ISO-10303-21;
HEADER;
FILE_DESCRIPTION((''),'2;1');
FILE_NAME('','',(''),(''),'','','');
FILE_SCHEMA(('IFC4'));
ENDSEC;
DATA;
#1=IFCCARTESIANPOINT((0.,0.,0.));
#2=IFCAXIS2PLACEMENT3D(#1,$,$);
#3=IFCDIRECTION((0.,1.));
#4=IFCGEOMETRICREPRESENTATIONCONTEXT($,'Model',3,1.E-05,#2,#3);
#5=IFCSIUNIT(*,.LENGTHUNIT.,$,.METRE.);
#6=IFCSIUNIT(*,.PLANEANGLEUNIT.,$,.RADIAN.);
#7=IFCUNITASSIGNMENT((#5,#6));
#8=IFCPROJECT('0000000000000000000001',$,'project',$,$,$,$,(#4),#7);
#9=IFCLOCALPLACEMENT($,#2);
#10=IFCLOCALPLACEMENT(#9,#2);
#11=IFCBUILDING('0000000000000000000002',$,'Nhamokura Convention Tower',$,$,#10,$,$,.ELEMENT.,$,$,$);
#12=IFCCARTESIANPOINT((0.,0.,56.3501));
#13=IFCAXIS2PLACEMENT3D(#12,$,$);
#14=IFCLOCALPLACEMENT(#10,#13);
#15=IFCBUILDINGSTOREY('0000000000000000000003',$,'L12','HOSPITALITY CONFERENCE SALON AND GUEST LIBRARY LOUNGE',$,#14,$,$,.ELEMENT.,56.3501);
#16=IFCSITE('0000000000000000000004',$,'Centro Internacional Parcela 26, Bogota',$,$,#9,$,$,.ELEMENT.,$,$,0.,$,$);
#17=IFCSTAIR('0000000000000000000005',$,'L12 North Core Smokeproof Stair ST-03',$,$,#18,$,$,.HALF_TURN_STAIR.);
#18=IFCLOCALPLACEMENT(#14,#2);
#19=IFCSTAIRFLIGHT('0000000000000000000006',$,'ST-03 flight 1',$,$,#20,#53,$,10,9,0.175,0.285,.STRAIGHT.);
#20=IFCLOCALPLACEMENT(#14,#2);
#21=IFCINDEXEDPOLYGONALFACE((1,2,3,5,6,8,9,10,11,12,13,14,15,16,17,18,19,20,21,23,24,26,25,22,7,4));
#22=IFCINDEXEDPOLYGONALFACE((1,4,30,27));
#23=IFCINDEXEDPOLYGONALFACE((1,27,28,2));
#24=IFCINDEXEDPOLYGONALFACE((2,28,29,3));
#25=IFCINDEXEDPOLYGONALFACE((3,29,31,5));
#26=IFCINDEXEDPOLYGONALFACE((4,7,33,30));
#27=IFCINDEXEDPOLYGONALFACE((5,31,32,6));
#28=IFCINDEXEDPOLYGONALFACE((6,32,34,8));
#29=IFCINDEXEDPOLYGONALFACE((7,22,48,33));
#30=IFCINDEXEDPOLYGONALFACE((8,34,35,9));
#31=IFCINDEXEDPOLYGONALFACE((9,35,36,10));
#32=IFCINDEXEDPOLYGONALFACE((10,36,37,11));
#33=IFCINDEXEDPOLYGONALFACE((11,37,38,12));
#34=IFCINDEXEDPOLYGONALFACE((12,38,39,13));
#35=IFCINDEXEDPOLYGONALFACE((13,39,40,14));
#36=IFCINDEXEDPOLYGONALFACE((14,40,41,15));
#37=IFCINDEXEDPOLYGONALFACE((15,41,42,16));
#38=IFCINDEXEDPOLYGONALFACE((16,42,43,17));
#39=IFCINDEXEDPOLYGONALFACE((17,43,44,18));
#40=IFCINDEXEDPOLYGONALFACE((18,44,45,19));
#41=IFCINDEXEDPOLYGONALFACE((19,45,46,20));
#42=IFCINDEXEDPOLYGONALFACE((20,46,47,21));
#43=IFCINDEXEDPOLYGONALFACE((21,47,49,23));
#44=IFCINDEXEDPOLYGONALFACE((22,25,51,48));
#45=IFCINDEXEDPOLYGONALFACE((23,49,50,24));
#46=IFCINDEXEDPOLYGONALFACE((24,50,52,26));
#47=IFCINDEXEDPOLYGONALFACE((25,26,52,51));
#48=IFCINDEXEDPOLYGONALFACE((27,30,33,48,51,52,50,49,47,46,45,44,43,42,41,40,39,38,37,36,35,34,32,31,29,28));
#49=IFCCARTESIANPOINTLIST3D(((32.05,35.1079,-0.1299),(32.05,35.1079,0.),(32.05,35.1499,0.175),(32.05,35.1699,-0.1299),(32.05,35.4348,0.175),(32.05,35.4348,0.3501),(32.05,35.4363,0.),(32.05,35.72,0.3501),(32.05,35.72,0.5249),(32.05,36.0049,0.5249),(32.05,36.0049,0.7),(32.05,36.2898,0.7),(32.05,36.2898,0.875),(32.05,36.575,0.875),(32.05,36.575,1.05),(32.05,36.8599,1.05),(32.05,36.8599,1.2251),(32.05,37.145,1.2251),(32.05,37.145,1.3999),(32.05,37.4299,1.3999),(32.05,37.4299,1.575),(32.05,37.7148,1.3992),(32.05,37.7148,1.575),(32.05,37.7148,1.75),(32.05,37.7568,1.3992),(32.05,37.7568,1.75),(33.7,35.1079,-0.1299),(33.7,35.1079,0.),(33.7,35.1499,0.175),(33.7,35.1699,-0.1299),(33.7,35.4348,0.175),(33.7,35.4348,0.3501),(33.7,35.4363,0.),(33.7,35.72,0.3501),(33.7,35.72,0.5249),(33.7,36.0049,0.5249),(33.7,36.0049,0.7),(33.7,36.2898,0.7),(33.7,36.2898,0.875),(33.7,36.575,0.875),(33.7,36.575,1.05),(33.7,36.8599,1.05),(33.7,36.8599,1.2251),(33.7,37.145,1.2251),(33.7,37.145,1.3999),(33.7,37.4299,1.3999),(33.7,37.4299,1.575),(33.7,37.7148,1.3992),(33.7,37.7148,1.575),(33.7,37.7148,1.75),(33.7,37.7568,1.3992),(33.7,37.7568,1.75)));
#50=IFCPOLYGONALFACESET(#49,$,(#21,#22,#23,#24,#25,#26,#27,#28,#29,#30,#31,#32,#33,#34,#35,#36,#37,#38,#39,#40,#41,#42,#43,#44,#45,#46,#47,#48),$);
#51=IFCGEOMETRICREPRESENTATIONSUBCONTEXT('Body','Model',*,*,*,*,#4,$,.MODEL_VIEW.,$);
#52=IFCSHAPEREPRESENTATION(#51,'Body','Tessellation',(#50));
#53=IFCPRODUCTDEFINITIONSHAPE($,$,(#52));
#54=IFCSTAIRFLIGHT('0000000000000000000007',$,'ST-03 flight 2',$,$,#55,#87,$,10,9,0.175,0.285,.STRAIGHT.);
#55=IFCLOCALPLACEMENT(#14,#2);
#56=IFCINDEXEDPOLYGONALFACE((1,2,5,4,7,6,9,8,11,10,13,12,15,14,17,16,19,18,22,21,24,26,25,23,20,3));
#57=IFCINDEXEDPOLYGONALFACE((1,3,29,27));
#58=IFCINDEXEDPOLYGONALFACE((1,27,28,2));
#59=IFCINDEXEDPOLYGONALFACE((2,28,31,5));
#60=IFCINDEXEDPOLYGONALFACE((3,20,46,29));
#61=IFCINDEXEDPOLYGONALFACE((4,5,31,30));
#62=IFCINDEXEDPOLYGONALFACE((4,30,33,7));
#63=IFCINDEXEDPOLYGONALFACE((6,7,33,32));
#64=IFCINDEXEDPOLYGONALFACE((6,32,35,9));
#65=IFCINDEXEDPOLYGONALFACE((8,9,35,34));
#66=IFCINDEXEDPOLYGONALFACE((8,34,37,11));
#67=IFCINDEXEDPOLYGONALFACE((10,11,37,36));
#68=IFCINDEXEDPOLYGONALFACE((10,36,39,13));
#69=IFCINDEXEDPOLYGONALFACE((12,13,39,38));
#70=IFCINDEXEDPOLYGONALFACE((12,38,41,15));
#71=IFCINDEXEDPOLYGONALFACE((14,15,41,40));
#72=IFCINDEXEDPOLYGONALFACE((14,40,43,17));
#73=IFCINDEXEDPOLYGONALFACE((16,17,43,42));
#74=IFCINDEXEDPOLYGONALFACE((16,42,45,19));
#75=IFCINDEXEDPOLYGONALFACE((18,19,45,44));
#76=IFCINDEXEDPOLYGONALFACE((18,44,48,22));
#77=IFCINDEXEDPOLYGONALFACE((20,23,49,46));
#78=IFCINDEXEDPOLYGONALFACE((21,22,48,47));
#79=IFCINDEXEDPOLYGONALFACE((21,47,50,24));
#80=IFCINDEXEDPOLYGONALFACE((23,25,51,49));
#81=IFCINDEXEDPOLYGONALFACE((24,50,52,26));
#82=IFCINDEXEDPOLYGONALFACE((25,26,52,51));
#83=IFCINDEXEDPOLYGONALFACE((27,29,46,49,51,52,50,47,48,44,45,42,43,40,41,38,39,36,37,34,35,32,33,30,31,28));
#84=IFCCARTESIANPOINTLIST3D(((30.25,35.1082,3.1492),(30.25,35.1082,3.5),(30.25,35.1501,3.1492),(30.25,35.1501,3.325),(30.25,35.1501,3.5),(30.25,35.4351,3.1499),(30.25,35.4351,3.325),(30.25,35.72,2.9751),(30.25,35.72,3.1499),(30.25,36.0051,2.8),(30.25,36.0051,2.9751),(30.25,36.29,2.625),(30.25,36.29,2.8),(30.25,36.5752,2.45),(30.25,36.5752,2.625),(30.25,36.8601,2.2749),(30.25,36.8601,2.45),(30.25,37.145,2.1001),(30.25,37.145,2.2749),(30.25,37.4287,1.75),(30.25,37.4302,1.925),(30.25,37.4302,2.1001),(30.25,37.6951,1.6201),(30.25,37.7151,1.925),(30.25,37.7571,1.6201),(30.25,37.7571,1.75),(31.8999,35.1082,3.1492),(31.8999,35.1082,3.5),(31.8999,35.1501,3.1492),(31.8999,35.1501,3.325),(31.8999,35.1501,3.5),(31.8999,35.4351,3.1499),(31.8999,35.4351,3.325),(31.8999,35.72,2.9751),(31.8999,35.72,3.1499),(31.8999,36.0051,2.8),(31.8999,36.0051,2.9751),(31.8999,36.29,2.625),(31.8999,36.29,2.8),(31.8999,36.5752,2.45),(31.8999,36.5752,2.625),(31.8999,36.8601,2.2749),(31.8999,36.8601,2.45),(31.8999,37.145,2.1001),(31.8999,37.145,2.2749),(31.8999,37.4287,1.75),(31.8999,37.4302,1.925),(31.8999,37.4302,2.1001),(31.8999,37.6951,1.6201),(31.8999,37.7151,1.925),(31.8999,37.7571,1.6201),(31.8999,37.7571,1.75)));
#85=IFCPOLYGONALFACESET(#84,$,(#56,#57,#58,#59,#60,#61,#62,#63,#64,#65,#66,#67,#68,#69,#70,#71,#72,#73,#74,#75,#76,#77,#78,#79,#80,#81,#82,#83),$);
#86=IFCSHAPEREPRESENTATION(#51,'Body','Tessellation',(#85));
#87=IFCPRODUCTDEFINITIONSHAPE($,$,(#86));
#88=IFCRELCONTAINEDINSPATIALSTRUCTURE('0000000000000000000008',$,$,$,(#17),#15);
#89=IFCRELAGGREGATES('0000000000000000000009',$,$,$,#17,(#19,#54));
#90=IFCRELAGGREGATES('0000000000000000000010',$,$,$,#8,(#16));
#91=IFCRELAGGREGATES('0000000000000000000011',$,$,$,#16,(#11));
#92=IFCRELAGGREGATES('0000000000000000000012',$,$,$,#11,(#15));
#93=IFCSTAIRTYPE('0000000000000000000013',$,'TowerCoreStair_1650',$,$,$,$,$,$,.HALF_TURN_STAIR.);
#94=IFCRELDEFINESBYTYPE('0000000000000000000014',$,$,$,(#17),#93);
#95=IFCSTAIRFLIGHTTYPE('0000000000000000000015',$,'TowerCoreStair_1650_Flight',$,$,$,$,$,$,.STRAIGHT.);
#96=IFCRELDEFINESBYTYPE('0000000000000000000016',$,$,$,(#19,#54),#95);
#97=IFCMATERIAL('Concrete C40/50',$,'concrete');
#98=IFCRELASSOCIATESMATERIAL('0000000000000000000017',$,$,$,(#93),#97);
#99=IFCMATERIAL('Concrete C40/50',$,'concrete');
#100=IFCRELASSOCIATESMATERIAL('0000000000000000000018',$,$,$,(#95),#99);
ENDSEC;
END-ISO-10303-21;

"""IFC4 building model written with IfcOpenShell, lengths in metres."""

from ifc_helpers import new_model, si_unit, direction, frame, origin, place, context, subcontext, project, spatial, polyline, outline, extrude, material, type_object, element, aggregate, save


model = new_model("IFC4")

# Units and contexts
model_context = context("Model", 3, precision=1e-05, world=origin(), true_north=direction((0.0, 1.0)))
body_context = subcontext(model_context, "Body", "Model", "MODEL_VIEW")
ifc_project = project(units=[si_unit("LENGTHUNIT", "METRE"), si_unit("PLANEANGLEUNIT", "RADIAN")], contexts=[model_context])

# Site, building, storey
site_placement = place(None, origin())
site = spatial("IfcSite", under=ifc_project, at=site_placement, Name="Centro Internacional Parcela 26, Bogota", CompositionType="ELEMENT", RefElevation=0.0)
building_placement = place(site_placement, origin())
building = spatial("IfcBuilding", under=site, at=building_placement, Name="Nhamokura Convention Tower", CompositionType="ELEMENT")
storey_placement = place(building_placement, frame((0.0, 0.0, 56.3501)))
storey = spatial("IfcBuildingStorey", under=building, at=storey_placement, Name="L12", Description="HOSPITALITY CONFERENCE SALON AND GUEST LIBRARY LOUNGE", CompositionType="ELEMENT", Elevation=56.3501)

# Stair, stair flights
ifc_material_1 = material(Name="Concrete C40/50", Category="concrete")
stair_type = type_object("IfcStairType", Name="TowerCoreStair_1650", PredefinedType="HALF_TURN_STAIR", material=ifc_material_1)
stair_placement = place(storey_placement, origin())
stair = element("IfcStair", 1, at=stair_placement, inside=storey, type_object=stair_type, Name="L12 North Core Smokeproof Stair ST-03", PredefinedType="HALF_TURN_STAIR")
ifc_material_2 = material(Name="Concrete C40/50", Category="concrete")
stair_flight_type = type_object("IfcStairFlightType", Name="TowerCoreStair_1650_Flight", PredefinedType="STRAIGHT", material=ifc_material_2)
stair_flight_1_placement = place(storey_placement, frame((32.875, 35.1499, 0.0), z_axis=(0.0, 0.0, 1.0), x_axis=(0.0, 1.0, 0.0)))
stair_flight_1 = element("IfcStairFlight", 2, at=stair_flight_1_placement, type_object=stair_flight_type, Name="ST-03 flight 1", NumberOfRisers=10, NumberOfTreads=9, PredefinedType="STRAIGHT", RiserHeight=0.175, TreadLength=0.285, context=body_context, shape_type="SweptSolid", body=[
    extrude(outline(polyline([(-0.042, 0.0), (0.0, 0.175), (0.2849, 0.175), (0.2849, 0.3501), (0.5701, 0.3501), (0.5701, 0.5249), (0.855, 0.5249), (0.855, 0.7), (1.1399, 0.7), (1.1399, 0.875), (1.425, 0.875), (1.425, 1.05), (1.71, 1.05), (1.71, 1.2251), (1.9951, 1.2251), (1.9951, 1.3999), (2.28, 1.3999), (2.28, 1.575), (2.5649, 1.575), (2.5649, 1.75), (2.6069, 1.75), (2.6069, 1.3992), (2.5649, 1.3992), (0.2864, 0.0), (0.02, -0.1299), (-0.042, -0.1299), (-0.042, 0.0)])), frame((0.0, 0.825, 0.0), z_axis=(0.0, -1.0, 0.0), x_axis=(1.0, 0.0, 0.0)), (0.0, 0.0, 1.0), 1.6499),
])
stair_flight_2_placement = place(storey_placement, frame((31.075, 37.7151, 1.75), z_axis=(0.0, 0.0, 1.0), x_axis=(0.0, -1.0, 0.0)))
stair_flight_2 = element("IfcStairFlight", 3, at=stair_flight_2_placement, type_object=stair_flight_type, Name="ST-03 flight 2", NumberOfRisers=10, NumberOfTreads=9, PredefinedType="STRAIGHT", RiserHeight=0.175, TreadLength=0.285, context=body_context, shape_type="SweptSolid", body=[
    extrude(outline(polyline([(-0.042, 0.0), (0.0, 0.175), (0.2849, 0.175), (0.2849, 0.3501), (0.5701, 0.3501), (0.5701, 0.5249), (0.855, 0.5249), (0.855, 0.7), (1.1399, 0.7), (1.1399, 0.875), (1.425, 0.875), (1.425, 1.05), (1.71, 1.05), (1.71, 1.2251), (1.9951, 1.2251), (1.9951, 1.3999), (2.28, 1.3999), (2.28, 1.575), (2.5649, 1.575), (2.5649, 1.75), (2.6069, 1.75), (2.6069, 1.3992), (2.5649, 1.3992), (0.2864, 0.0), (0.02, -0.1299), (-0.042, -0.1299), (-0.042, 0.0)])), frame((0.0, 0.825, 0.0), z_axis=(0.0, -1.0, 0.0), x_axis=(1.0, 0.0, 0.0)), (0.0, 0.0, 1.0), 1.6499),
])
aggregate(stair, [stair_flight_1, stair_flight_2])

save(model, "model.ifc")
